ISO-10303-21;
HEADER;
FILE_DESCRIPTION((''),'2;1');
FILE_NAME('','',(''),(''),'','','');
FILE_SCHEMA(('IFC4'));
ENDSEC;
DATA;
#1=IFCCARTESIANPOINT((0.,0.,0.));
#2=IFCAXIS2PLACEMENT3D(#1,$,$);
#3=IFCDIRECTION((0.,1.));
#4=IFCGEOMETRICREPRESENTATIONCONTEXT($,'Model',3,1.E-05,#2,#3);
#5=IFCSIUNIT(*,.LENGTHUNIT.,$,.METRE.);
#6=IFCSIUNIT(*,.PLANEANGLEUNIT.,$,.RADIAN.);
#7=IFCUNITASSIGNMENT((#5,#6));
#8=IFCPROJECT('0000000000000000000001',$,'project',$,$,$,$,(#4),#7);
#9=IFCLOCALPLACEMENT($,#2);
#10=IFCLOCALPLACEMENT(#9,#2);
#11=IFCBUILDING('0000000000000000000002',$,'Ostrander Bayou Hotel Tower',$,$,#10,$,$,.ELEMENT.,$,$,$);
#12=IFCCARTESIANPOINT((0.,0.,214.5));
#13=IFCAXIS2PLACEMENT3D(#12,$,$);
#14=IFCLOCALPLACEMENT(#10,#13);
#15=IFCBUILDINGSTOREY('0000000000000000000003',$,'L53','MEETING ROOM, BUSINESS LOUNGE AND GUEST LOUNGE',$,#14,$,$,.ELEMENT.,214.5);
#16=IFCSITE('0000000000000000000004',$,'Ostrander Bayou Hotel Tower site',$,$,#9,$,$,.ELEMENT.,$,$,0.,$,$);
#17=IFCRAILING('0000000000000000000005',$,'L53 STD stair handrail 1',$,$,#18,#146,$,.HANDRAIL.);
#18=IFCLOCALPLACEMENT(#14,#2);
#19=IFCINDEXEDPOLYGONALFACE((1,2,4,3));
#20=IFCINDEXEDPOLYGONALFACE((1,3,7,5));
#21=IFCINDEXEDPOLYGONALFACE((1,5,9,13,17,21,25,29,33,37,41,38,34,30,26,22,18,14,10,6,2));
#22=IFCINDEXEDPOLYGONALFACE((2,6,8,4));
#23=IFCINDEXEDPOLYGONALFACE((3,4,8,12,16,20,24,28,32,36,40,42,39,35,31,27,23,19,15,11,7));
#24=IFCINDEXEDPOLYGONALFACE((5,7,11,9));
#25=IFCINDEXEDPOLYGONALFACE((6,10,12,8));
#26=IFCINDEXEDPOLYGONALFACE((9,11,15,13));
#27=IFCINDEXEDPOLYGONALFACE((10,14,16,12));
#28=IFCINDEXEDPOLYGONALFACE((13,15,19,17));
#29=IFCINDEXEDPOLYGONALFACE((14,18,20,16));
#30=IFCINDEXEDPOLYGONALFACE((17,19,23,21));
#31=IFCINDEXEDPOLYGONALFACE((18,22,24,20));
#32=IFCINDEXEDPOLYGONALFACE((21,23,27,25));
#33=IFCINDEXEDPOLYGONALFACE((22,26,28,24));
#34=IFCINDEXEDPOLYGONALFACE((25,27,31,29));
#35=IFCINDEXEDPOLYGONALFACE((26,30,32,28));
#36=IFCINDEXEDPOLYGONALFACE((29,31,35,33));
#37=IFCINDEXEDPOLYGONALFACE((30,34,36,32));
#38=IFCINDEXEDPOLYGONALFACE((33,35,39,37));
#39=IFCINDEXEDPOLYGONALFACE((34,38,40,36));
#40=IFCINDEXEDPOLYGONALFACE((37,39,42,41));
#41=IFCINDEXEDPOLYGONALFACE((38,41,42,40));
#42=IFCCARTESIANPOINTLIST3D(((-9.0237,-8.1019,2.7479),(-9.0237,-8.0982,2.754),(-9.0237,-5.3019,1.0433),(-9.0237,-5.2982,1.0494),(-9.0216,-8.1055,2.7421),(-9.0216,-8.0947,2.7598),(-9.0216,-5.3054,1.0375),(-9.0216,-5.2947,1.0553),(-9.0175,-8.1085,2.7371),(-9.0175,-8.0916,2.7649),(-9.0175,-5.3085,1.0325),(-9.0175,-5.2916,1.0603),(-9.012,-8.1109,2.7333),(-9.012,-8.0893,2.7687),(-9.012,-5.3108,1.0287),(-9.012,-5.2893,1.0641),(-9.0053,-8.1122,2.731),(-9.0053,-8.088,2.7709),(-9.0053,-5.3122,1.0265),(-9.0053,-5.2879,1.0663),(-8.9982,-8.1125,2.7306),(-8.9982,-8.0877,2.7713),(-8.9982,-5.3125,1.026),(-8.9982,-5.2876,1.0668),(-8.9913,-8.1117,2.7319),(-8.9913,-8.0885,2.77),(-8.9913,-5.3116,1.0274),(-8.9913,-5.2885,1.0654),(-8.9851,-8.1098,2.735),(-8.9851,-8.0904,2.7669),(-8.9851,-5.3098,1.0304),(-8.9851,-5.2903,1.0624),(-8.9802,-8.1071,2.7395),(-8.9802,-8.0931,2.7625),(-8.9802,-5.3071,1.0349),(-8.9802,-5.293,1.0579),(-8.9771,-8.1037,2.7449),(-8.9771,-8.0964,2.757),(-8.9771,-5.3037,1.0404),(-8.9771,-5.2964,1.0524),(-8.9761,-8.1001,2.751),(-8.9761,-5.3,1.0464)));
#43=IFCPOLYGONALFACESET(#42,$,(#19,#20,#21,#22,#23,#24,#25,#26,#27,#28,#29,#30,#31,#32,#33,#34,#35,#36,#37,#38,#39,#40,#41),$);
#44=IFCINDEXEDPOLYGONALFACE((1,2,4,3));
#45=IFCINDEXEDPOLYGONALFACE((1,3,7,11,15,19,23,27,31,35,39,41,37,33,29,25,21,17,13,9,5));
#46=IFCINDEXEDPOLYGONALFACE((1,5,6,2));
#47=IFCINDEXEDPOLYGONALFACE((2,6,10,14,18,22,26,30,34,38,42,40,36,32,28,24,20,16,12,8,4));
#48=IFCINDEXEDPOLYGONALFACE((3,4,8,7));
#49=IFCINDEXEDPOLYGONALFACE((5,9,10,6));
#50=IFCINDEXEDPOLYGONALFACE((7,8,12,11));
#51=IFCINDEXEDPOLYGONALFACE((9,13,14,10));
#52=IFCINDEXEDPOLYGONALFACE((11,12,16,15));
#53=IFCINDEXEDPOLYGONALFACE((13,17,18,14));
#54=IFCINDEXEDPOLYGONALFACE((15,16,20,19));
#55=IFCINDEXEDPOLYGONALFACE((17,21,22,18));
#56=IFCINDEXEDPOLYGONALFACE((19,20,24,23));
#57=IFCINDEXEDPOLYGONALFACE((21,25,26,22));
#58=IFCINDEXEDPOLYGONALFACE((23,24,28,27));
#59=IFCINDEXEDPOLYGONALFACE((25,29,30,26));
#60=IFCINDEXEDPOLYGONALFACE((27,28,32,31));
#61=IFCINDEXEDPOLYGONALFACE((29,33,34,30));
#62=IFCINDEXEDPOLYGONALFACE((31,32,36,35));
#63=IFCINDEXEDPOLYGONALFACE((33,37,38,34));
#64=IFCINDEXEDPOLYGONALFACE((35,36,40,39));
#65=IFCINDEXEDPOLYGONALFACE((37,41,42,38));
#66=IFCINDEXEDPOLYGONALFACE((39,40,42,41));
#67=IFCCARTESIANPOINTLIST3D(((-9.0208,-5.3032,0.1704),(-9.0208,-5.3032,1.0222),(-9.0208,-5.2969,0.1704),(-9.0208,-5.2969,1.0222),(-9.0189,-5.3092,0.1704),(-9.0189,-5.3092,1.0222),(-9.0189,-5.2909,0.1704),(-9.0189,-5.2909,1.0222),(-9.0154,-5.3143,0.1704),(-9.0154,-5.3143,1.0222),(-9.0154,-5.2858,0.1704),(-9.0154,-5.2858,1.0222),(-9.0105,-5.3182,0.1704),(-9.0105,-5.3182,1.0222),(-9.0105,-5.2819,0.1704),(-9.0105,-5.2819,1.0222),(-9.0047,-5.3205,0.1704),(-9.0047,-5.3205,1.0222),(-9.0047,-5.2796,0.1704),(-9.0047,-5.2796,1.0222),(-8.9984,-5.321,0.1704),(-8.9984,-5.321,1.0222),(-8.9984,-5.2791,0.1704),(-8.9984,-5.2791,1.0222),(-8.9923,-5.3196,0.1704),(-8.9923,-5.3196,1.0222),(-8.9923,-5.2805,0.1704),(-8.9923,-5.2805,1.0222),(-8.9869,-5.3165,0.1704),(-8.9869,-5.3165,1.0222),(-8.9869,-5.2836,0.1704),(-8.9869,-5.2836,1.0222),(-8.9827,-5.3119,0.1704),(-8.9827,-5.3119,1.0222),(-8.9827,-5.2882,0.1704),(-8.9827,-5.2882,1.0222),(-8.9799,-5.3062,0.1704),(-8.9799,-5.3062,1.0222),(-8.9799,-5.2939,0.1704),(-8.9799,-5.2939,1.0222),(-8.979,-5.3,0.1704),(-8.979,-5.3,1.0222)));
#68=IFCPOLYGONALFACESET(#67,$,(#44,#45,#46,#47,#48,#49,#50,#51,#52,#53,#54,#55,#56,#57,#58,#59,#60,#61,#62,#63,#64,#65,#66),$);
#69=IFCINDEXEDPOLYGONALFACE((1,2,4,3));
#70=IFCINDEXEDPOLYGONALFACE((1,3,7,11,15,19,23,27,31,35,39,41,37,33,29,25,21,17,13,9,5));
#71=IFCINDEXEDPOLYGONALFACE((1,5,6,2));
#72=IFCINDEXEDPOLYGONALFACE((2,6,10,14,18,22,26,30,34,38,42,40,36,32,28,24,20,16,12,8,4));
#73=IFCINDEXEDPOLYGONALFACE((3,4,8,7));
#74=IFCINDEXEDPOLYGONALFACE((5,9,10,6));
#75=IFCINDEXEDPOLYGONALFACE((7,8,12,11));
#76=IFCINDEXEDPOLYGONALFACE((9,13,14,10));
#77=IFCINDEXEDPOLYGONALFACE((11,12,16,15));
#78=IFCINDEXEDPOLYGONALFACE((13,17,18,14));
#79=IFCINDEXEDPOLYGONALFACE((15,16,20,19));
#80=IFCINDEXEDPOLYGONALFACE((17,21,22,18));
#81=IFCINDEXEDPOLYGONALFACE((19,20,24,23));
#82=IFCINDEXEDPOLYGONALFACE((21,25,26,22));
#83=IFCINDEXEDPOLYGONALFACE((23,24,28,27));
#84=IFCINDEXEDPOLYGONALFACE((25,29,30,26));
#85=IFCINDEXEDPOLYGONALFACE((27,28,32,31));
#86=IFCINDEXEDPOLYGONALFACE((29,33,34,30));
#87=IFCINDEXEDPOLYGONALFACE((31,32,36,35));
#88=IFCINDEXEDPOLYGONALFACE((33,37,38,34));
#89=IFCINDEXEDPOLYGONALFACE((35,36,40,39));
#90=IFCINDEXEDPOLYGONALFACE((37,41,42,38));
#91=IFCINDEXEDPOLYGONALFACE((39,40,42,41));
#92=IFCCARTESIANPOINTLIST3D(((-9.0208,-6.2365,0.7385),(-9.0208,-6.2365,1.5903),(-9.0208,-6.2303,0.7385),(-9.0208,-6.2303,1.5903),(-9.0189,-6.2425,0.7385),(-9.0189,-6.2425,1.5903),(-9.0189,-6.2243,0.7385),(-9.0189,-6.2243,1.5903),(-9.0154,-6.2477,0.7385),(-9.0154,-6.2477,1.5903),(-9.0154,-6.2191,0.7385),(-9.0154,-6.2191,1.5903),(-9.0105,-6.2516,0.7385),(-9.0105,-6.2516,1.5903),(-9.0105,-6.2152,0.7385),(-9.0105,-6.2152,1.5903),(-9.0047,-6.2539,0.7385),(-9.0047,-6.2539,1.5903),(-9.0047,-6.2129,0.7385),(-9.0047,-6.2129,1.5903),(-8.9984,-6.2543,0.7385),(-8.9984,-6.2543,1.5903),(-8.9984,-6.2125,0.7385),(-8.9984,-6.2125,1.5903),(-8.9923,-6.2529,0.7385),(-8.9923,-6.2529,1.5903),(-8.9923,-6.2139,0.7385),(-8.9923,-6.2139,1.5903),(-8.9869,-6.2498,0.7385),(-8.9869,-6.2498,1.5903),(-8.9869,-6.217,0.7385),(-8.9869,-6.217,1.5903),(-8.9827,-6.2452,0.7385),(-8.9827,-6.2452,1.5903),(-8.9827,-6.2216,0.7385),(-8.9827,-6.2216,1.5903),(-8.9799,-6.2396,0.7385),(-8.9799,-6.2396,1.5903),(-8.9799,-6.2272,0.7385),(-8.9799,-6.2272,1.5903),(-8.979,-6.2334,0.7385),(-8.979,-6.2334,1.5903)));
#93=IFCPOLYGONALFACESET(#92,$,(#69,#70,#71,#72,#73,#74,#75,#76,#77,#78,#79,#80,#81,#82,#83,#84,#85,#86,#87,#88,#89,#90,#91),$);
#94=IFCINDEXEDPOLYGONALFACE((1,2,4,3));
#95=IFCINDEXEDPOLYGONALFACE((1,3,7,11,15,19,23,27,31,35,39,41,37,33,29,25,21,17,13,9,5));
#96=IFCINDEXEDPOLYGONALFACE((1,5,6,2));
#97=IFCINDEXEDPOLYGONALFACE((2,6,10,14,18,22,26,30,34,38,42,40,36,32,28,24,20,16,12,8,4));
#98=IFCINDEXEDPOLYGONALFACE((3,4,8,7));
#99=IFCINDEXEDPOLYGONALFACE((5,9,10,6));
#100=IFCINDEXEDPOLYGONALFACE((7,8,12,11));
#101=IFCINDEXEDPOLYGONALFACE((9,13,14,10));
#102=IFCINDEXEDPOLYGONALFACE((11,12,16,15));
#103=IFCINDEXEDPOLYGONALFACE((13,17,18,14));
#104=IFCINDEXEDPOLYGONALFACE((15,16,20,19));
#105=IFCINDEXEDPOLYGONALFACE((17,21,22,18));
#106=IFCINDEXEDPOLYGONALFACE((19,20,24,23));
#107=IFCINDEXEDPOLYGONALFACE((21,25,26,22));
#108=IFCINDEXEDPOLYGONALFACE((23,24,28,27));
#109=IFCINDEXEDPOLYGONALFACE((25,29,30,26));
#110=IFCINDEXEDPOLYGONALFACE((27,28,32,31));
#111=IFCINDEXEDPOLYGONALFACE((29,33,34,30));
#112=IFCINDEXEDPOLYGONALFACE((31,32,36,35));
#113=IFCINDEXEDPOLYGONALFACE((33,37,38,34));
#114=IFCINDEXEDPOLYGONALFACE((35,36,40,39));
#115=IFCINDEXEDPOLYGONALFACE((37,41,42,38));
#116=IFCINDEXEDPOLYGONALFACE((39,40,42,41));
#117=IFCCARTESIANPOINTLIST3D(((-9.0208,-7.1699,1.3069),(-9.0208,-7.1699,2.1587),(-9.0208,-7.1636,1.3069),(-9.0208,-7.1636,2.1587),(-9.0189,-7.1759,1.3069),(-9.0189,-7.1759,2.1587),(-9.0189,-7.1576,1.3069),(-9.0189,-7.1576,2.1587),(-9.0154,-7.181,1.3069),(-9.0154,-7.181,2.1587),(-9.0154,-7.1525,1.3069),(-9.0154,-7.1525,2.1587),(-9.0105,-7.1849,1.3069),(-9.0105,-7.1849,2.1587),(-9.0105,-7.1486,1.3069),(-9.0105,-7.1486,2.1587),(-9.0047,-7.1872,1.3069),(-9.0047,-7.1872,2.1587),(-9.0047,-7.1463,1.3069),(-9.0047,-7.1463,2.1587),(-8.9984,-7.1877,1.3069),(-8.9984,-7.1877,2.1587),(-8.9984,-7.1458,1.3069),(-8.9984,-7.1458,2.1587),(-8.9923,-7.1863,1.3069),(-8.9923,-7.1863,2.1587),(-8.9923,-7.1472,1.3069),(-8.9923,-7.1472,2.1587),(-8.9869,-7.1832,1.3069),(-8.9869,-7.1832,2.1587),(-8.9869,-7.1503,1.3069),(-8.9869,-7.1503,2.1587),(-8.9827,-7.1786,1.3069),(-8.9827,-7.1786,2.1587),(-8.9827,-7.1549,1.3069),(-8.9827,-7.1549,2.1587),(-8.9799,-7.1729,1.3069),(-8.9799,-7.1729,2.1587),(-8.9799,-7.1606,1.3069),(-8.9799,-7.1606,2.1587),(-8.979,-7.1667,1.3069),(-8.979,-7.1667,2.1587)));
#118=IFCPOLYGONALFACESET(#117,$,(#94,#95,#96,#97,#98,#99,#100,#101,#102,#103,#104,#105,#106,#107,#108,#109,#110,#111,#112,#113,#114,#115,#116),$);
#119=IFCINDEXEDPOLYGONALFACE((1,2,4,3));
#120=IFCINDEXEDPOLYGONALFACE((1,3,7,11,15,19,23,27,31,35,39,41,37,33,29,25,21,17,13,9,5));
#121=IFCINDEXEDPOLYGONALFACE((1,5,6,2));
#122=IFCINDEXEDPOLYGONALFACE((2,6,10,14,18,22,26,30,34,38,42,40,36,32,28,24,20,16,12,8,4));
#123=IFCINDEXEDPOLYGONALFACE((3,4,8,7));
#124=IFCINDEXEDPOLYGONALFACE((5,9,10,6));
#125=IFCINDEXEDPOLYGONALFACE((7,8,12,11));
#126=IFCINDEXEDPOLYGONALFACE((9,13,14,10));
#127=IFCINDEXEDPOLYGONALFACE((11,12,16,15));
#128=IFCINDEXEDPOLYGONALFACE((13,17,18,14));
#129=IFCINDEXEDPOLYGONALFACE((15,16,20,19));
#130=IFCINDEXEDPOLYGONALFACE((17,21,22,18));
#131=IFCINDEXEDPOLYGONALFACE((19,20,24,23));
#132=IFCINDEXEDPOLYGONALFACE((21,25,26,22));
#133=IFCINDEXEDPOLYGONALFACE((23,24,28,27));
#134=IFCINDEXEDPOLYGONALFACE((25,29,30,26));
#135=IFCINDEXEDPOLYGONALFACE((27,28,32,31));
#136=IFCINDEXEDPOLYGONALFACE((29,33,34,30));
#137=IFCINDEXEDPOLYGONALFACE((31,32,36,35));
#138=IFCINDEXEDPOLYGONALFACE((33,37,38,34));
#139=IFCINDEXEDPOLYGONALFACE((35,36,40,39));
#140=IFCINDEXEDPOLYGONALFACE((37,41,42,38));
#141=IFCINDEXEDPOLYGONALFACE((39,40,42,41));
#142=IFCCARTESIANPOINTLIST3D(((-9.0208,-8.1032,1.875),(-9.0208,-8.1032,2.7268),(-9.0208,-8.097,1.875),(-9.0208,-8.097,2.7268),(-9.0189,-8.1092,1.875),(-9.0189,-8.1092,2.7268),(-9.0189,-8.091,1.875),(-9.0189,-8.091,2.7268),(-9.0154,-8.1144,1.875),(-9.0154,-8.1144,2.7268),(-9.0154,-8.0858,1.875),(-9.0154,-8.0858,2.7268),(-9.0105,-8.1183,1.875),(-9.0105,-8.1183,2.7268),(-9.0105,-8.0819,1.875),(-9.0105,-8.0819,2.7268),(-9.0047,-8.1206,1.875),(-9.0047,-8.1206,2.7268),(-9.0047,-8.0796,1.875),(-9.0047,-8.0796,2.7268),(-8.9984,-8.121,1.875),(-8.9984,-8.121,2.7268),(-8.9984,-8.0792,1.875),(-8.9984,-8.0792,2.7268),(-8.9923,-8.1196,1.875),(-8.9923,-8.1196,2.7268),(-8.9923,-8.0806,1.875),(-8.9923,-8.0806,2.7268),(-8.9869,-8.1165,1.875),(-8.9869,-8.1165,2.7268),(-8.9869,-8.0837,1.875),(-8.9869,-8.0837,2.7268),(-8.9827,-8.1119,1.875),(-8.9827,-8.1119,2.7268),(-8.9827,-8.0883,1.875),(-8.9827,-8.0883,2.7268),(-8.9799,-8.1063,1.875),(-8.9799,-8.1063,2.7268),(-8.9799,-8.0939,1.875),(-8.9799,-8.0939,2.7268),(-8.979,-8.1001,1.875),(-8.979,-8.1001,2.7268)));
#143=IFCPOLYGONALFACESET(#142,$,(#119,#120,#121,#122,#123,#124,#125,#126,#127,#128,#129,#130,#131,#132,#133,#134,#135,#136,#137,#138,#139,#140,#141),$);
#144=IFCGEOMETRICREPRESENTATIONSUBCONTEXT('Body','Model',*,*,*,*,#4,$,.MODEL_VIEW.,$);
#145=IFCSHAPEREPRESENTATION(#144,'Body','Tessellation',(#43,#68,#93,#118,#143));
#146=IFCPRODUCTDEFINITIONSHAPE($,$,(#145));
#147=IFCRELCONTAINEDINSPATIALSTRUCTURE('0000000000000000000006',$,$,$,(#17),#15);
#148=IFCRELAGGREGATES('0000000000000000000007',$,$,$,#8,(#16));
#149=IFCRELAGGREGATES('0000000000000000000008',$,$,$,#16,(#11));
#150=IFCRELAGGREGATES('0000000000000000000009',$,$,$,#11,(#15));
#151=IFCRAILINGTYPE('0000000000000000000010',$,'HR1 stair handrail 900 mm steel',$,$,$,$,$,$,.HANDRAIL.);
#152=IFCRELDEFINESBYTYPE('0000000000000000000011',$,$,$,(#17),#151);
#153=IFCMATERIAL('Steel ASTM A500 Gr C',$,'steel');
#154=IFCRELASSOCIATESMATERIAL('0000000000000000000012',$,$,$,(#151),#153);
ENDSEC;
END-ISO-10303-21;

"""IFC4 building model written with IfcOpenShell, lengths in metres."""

from ifc_helpers import new_model, si_unit, direction, frame, origin, origin_2d, place, context, subcontext, project, spatial, circle, extrude, material, type_object, element, save


model = new_model("IFC4")

# Units and contexts
model_context = context("Model", 3, precision=1e-05, world=origin(), true_north=direction((0.0, 1.0)))
body_context = subcontext(model_context, "Body", "Model", "MODEL_VIEW")
ifc_project = project(units=[si_unit("LENGTHUNIT", "METRE"), si_unit("PLANEANGLEUNIT", "RADIAN")], contexts=[model_context])

# Site, building, storey
site_placement = place(None, origin())
site = spatial("IfcSite", under=ifc_project, at=site_placement, Name="Ostrander Bayou Hotel Tower site", CompositionType="ELEMENT", RefElevation=0.0)
building_placement = place(site_placement, origin())
building = spatial("IfcBuilding", under=site, at=building_placement, Name="Ostrander Bayou Hotel Tower", CompositionType="ELEMENT")
storey_placement = place(building_placement, frame((0.0, 0.0, 214.5)))
storey = spatial("IfcBuildingStorey", under=building, at=storey_placement, Name="L53", Description="MEETING ROOM, BUSINESS LOUNGE AND GUEST LOUNGE", CompositionType="ELEMENT", Elevation=214.5)

# Railing
ifc_material_1 = material(Name="Steel ASTM A500 Gr C", Category="steel")
railing_type = type_object("IfcRailingType", Name="HR1 stair handrail 900 mm steel", PredefinedType="HANDRAIL", material=ifc_material_1)
railing_placement = place(storey_placement, frame((-9.0, -5.3, 0.1704)))
element("IfcRailing", 1, at=railing_placement, inside=storey, type_object=railing_type, Name="L53 STD stair handrail 1", PredefinedType="HANDRAIL", context=body_context, shape_type="SweptSolid", body=[
    extrude(circle(Radius=0.0239, at=origin_2d()), frame((0.0, 0.0, 0.876), z_axis=(0.0, -0.85417, 0.519994), x_axis=(1.0, 0.0, 0.0)), (0.0, 0.0, 1.0), 3.2781),
    extrude(circle(Radius=0.021, at=origin_2d()), origin(), (0.0, 0.0, 1.0), 0.8518),
    extrude(circle(Radius=0.021, at=origin_2d()), frame((0.0, -0.9333, 0.5681)), (0.0, 0.0, 1.0), 0.8518),
    extrude(circle(Radius=0.021, at=origin_2d()), frame((0.0, -1.8667, 1.1365)), (0.0, 0.0, 1.0), 0.8518),
    extrude(circle(Radius=0.021, at=origin_2d()), frame((0.0, -2.8, 1.7046)), (0.0, 0.0, 1.0), 0.8518),
])

save(model, "model.ifc")
